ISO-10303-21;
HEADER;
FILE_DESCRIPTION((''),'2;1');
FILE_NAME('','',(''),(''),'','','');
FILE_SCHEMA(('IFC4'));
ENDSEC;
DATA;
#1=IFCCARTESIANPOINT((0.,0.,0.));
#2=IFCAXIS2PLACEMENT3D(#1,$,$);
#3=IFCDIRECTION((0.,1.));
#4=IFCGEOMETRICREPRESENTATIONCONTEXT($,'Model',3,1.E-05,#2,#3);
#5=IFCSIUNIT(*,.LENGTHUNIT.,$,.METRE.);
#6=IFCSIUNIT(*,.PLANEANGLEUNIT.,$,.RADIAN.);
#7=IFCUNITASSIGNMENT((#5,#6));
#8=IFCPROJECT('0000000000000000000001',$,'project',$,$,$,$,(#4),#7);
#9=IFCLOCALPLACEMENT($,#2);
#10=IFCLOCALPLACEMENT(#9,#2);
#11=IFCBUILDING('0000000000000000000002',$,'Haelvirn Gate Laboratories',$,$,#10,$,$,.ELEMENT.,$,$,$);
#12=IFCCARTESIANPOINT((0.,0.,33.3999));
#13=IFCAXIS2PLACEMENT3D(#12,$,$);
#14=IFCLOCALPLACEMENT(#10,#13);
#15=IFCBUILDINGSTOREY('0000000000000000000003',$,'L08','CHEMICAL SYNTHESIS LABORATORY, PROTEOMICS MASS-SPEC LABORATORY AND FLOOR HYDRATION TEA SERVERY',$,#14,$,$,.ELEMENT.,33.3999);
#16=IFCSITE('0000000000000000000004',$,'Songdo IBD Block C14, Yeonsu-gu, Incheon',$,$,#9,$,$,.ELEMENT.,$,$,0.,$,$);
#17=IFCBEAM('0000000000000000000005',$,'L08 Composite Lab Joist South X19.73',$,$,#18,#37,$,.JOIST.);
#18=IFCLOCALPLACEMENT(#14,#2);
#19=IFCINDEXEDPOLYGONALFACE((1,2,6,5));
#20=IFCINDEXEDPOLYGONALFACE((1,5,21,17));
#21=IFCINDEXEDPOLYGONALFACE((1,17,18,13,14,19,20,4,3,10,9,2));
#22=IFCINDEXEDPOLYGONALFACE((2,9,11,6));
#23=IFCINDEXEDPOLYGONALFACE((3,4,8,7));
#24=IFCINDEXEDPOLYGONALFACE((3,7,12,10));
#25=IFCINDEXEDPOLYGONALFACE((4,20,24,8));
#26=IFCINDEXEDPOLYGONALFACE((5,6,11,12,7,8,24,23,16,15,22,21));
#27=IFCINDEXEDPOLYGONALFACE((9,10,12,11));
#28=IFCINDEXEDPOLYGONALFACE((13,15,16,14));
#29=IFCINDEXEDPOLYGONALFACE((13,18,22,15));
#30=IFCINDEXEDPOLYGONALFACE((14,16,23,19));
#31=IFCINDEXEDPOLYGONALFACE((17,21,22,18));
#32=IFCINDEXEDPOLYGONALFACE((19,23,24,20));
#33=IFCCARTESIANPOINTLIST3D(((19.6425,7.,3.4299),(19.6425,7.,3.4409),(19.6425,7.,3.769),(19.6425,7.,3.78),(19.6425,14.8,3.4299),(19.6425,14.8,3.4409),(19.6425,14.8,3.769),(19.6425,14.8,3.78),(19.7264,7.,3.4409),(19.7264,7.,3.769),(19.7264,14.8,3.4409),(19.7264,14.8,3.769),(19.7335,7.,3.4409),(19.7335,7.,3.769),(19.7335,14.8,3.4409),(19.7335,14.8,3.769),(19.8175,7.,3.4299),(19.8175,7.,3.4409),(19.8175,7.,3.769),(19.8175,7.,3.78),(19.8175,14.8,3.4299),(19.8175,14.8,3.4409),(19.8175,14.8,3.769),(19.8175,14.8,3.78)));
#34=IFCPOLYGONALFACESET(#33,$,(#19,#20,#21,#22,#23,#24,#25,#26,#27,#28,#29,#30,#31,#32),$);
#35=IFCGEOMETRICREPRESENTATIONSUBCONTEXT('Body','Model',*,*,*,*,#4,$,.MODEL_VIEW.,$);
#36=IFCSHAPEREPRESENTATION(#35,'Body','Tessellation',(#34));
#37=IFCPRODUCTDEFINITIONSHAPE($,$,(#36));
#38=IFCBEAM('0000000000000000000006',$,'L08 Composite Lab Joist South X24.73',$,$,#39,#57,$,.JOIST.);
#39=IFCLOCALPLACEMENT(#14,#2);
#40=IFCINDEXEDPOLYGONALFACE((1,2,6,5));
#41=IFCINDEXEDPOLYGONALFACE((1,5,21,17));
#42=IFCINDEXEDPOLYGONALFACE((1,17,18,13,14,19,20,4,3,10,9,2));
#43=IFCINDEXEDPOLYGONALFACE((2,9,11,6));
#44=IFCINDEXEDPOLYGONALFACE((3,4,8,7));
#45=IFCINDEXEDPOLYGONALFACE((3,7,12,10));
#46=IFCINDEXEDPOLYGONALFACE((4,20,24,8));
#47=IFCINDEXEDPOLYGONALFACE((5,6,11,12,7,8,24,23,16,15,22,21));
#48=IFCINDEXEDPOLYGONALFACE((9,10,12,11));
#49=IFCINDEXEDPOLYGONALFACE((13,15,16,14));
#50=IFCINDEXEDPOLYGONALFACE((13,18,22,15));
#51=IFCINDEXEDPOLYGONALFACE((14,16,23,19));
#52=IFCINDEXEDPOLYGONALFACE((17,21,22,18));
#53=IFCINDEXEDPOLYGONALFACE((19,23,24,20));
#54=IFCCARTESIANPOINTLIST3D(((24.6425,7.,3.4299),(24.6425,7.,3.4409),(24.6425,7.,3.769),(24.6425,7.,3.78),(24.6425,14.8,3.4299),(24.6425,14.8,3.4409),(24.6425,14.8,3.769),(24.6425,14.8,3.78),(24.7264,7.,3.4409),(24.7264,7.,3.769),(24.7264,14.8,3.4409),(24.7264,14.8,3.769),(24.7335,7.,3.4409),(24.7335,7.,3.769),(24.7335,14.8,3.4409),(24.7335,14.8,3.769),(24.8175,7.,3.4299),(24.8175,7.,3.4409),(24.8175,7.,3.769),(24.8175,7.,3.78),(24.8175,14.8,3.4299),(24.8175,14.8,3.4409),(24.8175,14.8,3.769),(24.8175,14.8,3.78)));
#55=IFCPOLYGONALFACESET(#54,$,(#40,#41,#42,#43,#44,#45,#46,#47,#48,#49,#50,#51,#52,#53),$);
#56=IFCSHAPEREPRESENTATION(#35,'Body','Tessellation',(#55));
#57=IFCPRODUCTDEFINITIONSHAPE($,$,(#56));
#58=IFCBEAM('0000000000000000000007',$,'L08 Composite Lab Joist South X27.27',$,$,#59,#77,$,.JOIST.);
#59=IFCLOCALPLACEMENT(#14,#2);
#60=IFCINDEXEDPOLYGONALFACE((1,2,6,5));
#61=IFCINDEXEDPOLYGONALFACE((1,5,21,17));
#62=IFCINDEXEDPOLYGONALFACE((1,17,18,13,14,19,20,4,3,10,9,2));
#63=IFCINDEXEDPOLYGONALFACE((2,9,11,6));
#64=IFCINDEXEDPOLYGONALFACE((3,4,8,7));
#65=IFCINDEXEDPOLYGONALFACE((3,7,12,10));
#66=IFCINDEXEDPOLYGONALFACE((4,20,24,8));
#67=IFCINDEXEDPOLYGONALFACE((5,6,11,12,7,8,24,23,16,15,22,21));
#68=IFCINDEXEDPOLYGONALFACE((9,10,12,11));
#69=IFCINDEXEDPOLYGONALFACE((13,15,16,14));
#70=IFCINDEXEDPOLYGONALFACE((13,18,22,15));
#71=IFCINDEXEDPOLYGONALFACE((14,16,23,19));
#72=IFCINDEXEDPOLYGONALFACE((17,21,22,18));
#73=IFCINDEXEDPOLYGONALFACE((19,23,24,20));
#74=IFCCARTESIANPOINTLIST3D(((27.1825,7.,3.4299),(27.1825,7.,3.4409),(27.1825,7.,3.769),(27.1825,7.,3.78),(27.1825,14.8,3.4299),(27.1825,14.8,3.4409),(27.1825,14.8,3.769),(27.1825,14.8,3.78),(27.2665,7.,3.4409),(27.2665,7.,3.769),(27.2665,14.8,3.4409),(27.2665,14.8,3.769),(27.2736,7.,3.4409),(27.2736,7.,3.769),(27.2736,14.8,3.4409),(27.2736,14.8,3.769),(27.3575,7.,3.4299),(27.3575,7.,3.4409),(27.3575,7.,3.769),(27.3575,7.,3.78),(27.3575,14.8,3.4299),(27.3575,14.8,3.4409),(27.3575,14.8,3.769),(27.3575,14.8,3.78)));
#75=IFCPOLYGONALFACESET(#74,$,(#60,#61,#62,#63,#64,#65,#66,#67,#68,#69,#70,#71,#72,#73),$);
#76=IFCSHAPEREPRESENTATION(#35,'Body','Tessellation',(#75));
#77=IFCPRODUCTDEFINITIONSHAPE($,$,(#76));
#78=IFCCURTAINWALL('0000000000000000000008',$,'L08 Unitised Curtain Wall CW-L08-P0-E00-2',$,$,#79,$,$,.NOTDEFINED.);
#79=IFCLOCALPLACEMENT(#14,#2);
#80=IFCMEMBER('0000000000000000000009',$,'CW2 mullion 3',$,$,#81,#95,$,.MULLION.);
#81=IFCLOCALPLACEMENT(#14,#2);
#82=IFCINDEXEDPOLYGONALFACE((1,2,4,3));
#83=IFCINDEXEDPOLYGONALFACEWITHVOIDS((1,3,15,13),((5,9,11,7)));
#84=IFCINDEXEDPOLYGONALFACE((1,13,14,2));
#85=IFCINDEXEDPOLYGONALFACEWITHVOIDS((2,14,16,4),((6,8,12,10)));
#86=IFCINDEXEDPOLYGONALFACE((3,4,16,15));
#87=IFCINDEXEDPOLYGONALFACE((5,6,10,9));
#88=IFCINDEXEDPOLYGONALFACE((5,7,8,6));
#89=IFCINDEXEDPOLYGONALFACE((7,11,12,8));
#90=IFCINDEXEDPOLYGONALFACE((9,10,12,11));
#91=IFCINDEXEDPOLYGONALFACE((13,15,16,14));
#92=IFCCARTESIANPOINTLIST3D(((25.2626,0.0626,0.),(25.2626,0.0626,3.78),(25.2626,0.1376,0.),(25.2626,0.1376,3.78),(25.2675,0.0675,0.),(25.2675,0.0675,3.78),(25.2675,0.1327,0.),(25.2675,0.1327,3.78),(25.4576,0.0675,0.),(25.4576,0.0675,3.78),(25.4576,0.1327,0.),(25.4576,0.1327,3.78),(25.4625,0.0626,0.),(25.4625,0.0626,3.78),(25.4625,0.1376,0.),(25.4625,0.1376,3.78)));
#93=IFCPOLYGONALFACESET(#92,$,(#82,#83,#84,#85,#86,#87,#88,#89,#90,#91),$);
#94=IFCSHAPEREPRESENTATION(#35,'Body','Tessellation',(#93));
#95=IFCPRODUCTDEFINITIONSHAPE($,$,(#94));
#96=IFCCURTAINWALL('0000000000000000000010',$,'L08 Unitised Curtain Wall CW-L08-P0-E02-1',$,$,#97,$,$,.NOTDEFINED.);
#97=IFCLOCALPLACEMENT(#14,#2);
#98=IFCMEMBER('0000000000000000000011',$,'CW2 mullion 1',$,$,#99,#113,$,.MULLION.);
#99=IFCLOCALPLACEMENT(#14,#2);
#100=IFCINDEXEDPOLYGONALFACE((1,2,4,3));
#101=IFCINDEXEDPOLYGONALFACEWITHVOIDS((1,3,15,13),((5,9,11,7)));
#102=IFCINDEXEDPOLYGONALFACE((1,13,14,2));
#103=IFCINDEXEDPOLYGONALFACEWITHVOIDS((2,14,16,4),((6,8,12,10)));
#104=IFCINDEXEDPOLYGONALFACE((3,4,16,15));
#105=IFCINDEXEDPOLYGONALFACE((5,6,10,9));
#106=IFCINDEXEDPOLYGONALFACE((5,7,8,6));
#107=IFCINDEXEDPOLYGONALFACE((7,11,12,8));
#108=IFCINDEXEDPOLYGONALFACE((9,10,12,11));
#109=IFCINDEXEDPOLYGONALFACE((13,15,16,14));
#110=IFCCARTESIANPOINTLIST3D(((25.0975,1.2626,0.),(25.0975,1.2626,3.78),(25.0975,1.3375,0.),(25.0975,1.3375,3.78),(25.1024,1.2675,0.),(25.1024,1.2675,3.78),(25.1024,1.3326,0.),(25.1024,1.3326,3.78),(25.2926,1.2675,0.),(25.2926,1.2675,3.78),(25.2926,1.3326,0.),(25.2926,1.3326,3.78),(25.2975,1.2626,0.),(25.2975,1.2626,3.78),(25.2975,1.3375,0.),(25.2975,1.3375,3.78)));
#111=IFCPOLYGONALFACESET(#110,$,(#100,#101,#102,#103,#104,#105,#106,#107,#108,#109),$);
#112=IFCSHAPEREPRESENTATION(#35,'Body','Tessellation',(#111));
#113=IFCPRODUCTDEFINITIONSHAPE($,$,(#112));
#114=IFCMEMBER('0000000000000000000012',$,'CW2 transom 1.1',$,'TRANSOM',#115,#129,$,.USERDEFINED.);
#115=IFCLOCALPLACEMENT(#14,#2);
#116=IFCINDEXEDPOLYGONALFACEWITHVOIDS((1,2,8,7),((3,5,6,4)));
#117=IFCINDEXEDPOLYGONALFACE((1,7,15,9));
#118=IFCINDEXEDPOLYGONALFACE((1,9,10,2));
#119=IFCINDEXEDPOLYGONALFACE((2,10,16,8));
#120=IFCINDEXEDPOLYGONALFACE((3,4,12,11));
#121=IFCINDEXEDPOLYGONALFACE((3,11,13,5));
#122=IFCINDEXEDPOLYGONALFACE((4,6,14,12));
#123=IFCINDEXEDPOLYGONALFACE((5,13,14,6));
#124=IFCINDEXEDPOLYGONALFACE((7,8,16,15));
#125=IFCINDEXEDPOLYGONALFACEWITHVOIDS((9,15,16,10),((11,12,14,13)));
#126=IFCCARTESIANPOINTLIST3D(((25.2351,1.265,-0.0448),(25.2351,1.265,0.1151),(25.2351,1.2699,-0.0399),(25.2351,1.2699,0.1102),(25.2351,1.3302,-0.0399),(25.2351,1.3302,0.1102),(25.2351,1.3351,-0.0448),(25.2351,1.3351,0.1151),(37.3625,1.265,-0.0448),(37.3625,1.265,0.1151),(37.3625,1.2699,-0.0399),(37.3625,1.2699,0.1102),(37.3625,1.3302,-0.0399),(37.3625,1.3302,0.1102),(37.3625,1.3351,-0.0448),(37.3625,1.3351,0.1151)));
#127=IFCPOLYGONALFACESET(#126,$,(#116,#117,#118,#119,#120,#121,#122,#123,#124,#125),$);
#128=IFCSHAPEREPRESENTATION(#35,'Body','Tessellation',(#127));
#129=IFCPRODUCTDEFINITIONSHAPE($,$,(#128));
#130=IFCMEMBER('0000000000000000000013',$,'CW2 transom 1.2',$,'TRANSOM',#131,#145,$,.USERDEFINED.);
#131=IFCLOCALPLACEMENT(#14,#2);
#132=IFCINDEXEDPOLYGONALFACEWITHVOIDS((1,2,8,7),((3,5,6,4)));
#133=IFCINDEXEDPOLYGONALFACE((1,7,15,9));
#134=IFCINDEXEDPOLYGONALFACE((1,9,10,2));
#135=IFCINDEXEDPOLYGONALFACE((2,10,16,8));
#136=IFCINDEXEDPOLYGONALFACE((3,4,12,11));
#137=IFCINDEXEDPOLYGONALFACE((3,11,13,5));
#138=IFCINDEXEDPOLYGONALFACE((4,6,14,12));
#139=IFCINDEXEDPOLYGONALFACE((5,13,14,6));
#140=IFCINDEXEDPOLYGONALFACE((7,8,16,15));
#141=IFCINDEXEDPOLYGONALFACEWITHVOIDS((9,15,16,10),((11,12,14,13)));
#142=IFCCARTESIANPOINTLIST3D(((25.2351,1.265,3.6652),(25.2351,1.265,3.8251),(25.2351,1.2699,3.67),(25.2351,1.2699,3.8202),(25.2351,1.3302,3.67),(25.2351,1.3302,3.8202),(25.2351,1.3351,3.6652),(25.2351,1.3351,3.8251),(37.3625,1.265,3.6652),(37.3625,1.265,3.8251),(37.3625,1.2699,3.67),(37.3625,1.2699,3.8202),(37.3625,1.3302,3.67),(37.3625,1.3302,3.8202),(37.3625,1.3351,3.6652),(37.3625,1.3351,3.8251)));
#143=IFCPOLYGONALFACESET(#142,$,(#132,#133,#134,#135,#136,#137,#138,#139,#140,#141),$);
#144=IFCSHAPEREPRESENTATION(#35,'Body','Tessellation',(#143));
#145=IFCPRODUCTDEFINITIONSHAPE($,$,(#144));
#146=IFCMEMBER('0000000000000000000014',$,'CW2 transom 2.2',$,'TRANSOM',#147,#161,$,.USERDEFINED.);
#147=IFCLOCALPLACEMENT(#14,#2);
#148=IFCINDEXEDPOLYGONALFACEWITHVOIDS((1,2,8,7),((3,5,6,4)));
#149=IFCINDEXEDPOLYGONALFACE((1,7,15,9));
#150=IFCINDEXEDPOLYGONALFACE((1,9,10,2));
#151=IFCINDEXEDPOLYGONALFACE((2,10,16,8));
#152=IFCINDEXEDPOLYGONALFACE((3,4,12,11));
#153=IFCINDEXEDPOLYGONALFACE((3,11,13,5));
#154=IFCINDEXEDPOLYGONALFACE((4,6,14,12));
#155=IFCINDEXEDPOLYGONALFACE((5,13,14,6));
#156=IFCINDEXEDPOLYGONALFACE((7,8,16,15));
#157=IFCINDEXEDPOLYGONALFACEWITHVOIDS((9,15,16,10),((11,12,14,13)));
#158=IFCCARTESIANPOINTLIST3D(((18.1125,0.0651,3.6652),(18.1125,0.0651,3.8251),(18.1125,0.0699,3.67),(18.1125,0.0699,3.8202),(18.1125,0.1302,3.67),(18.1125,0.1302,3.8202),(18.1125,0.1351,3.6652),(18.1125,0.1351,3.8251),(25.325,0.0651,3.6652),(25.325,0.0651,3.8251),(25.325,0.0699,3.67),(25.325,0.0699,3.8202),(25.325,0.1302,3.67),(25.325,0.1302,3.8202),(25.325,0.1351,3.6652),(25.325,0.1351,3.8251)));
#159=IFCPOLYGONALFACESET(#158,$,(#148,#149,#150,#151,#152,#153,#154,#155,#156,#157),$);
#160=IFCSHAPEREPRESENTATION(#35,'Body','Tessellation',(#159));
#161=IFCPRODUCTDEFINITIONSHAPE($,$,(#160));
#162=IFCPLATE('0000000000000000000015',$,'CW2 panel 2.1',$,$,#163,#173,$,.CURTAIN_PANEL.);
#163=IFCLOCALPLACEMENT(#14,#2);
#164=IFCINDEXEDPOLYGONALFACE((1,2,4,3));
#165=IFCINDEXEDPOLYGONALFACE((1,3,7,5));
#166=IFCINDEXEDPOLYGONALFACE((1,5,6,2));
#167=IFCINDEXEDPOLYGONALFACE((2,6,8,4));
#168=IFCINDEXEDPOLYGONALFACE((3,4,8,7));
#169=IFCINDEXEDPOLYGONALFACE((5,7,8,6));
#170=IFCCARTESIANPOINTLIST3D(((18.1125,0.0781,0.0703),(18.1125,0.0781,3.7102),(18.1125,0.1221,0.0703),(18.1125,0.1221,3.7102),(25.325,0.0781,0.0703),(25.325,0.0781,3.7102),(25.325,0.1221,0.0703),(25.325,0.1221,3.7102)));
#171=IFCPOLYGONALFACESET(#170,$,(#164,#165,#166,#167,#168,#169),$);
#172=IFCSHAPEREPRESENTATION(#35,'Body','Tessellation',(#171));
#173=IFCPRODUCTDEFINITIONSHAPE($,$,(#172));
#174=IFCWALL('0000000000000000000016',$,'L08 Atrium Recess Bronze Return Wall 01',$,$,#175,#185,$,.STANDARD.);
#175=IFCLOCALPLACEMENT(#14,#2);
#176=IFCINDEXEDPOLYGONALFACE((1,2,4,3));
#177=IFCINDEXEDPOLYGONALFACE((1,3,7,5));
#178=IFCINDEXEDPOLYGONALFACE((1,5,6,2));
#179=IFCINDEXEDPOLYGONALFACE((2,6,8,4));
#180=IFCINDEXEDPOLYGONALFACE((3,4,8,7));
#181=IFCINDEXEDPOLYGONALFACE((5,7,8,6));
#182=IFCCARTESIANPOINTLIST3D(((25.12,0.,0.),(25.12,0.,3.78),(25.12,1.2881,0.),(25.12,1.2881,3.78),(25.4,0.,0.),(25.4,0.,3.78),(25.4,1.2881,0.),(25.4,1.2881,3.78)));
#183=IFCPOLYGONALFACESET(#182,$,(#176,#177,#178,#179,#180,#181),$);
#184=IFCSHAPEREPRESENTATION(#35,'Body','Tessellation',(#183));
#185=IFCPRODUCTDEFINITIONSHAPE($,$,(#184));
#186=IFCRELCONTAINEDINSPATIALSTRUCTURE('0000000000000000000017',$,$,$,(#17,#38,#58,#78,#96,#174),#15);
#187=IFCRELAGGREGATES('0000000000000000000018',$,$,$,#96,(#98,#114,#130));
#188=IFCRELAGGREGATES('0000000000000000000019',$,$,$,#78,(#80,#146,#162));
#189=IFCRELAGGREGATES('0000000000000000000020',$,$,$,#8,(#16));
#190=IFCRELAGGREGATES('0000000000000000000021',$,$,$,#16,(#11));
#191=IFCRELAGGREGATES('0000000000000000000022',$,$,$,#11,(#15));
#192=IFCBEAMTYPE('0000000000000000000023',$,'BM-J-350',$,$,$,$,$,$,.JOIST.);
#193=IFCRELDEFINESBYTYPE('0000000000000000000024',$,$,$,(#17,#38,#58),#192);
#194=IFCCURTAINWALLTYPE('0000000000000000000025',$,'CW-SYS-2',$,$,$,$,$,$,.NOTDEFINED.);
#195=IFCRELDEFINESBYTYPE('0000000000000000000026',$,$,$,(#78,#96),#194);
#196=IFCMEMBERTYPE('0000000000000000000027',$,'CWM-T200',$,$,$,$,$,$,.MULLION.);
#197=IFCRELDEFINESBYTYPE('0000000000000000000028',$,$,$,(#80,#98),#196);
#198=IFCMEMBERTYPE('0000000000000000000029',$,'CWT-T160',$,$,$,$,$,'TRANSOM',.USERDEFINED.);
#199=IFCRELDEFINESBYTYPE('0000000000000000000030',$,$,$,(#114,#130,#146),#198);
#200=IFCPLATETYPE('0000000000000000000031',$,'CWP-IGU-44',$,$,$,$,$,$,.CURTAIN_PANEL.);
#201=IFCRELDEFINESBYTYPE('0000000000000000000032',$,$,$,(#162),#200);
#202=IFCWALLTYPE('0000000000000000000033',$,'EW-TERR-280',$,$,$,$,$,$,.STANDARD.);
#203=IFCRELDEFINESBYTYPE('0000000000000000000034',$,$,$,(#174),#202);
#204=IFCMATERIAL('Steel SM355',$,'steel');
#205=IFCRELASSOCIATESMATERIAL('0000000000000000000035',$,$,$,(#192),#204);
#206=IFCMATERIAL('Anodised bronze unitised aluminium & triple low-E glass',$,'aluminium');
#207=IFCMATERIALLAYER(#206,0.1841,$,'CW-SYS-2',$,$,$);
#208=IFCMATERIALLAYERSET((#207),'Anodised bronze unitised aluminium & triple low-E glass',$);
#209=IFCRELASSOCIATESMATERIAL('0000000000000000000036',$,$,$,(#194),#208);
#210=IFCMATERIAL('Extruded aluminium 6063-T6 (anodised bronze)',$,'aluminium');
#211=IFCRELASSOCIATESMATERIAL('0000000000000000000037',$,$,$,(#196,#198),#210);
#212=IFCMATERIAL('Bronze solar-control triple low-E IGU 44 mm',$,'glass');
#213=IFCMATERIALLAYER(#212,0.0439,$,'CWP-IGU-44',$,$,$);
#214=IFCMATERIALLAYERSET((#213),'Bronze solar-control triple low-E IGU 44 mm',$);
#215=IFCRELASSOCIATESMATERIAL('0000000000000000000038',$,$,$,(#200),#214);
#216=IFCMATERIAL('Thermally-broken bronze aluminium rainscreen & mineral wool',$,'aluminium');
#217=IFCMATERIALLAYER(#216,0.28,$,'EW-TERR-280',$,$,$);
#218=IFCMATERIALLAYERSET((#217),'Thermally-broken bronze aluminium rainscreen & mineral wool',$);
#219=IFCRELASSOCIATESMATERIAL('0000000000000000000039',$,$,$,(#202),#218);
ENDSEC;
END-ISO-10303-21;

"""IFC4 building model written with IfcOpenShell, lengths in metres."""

from ifc_helpers import new_model, si_unit, direction, frame, frame_2d, origin, origin_2d, place, context, subcontext, project, spatial, rectangle, hollow_rectangle, i_section, extrude, source, transform, mapped, material, layer, layer_set, material_profile, profile_set, type_object, type_shapes, element, aggregate, save


model = new_model("IFC4")

# Units and contexts
model_context = context("Model", 3, precision=1e-05, world=origin(), true_north=direction((0.0, 1.0)))
body_context = subcontext(model_context, "Body", "Model", "MODEL_VIEW")
ifc_project = project(units=[si_unit("LENGTHUNIT", "METRE"), si_unit("PLANEANGLEUNIT", "RADIAN")], contexts=[model_context])

# Site, building, storey
site_placement = place(None, origin())
site = spatial("IfcSite", under=ifc_project, at=site_placement, Name="Songdo IBD Block C14, Yeonsu-gu, Incheon", CompositionType="ELEMENT", RefElevation=0.0)
building_placement = place(site_placement, origin())
building = spatial("IfcBuilding", under=site, at=building_placement, Name="Haelvirn Gate Laboratories", CompositionType="ELEMENT")
storey_placement = place(building_placement, frame((0.0, 0.0, 33.3999)))
storey = spatial("IfcBuildingStorey", under=building, at=storey_placement, Name="L08", Description="CHEMICAL SYNTHESIS LABORATORY, PROTEOMICS MASS-SPEC LABORATORY AND FLOOR HYDRATION TEA SERVERY", CompositionType="ELEMENT", Elevation=33.3999)

# Beams
ifc_material_1 = material(Name="Steel SM355", Category="steel")
ifc_material_profile_1 = material_profile(ifc_material_1, i_section(OverallWidth=0.175, OverallDepth=0.3501, WebThickness=0.0071, FlangeThickness=0.011, at=origin_2d()), Name="H-350x175x7x11")
ifc_profile_set_1 = profile_set([ifc_material_profile_1], Name="Steel SM355")
beam_type_1 = type_object("IfcBeamType", Name="BM-J-350", PredefinedType="JOIST", material=ifc_profile_set_1)
shared_shape_1 = source(origin(), body_context, "Body", "SweptSolid", [
    extrude(i_section(OverallWidth=0.175, OverallDepth=0.3501, WebThickness=0.0071, FlangeThickness=0.011, at=origin_2d()), origin(), (0.0, 0.0, 1.0), 7.8),
])
type_shapes(beam_type_1, [shared_shape_1])
for number, where, z_axis, x_axis, name in (
    (1, (19.73, 7.0, 3.605), (0.0, 1.0, 0.0), (-1.0, 0.0, 0.0), "L08 Composite Lab Joist South X19.73"),
    (2, (24.73, 7.0, 3.605), (0.0, 1.0, 0.0), (-1.0, 0.0, 0.0), "L08 Composite Lab Joist South X24.73"),
    (3, (27.27, 7.0, 3.605), (0.0, 1.0, 0.0), (-1.0, 0.0, 0.0), "L08 Composite Lab Joist South X27.27"),
):
    element("IfcBeam", number, at=place(storey_placement, frame(where, z_axis=z_axis, x_axis=x_axis)), inside=storey, type_object=beam_type_1, Name=name, PredefinedType="JOIST", context=body_context, shape_type="MappedRepresentation", body=[
        mapped(shared_shape_1, transform((0.0, 0.0, 0.0), scale=1.0)),
    ])

# Curtain wall, member
ifc_material_2 = material(Name="Anodised bronze unitised aluminium & triple low-E glass", Category="aluminium")
ifc_layer_1 = layer(ifc_material_2, 0.1841, Name="CW-SYS-2")
ifc_layer_set_1 = layer_set([ifc_layer_1], Name="Anodised bronze unitised aluminium & triple low-E glass")
curtain_wall_type = type_object("IfcCurtainWallType", Name="CW-SYS-2", PredefinedType="NOTDEFINED", material=ifc_layer_set_1)
curtain_wall_1_placement = place(storey_placement, origin())
curtain_wall_1 = element("IfcCurtainWall", 4, at=curtain_wall_1_placement, inside=storey, type_object=curtain_wall_type, Name="L08 Unitised Curtain Wall CW-L08-P0-E00-2", PredefinedType="NOTDEFINED")
ifc_material_3 = material(Name="Extruded aluminium 6063-T6 (anodised bronze)", Category="aluminium")
ifc_material_profile_2 = material_profile(ifc_material_3, hollow_rectangle(XDim=0.075, YDim=0.2, WallThickness=0.0049, at=origin_2d()), Name="CWM-200x75x5")
ifc_profile_set_2 = profile_set([ifc_material_profile_2], Name="Extruded aluminium 6063-T6 (anodised bronze)")
member_type_1 = type_object("IfcMemberType", Name="CWM-T200", PredefinedType="MULLION", material=ifc_profile_set_2)
shared_shape_2 = source(origin(), body_context, "Body", "SweptSolid", [
    extrude(hollow_rectangle(XDim=0.075, YDim=0.2, WallThickness=0.0049, at=origin_2d()), origin(), (0.0, 0.0, 1.0), 3.78),
])
type_shapes(member_type_1, [shared_shape_2])
member_1_placement = place(storey_placement, frame((25.3625, 0.1001, 0.0), z_axis=(0.0, 0.0, 1.0), x_axis=(0.0, 1.0, 0.0)))
member_1 = element("IfcMember", 5, at=member_1_placement, type_object=member_type_1, Name="CW2 mullion 3", PredefinedType="MULLION", context=body_context, shape_type="MappedRepresentation", body=[
    mapped(shared_shape_2, transform((0.0, 0.0, 0.0), scale=1.0)),
])

# Curtain wall, members
curtain_wall_2_placement = place(storey_placement, origin())
curtain_wall_2 = element("IfcCurtainWall", 6, at=curtain_wall_2_placement, inside=storey, type_object=curtain_wall_type, Name="L08 Unitised Curtain Wall CW-L08-P0-E02-1", PredefinedType="NOTDEFINED")
member_2_placement = place(storey_placement, frame((25.1975, 1.3, 0.0), z_axis=(0.0, 0.0, 1.0), x_axis=(0.0, 1.0, 0.0)))
member_2 = element("IfcMember", 7, at=member_2_placement, type_object=member_type_1, Name="CW2 mullion 1", PredefinedType="MULLION", context=body_context, shape_type="MappedRepresentation", body=[
    mapped(shared_shape_2, transform((0.0, 0.0, 0.0), scale=1.0)),
])
ifc_material_profile_3 = material_profile(ifc_material_3, hollow_rectangle(XDim=0.0701, YDim=0.1599, WallThickness=0.0049, at=origin_2d()), Name="CWT-160x70x5")
ifc_profile_set_3 = profile_set([ifc_material_profile_3], Name="Extruded aluminium 6063-T6 (anodised bronze)")
member_type_2 = type_object("IfcMemberType", Name="CWT-T160", ElementType="TRANSOM", PredefinedType="USERDEFINED", material=ifc_profile_set_3)
shared_shape_3 = source(origin(), body_context, "Body", "SweptSolid", [
    extrude(hollow_rectangle(XDim=0.0701, YDim=0.1599, WallThickness=0.0049, at=origin_2d()), origin(), (0.0, 0.0, 1.0), 12.1274),
])
member_3_placement = place(storey_placement, frame((25.2351, 1.3, 0.0352), z_axis=(1.0, 0.0, 0.0), x_axis=(0.0, 1.0, 0.0)))
member_3 = element("IfcMember", 8, at=member_3_placement, type_object=member_type_2, Name="CW2 transom 1.1", ObjectType="TRANSOM", PredefinedType="USERDEFINED", context=body_context, shape_type="MappedRepresentation", body=[
    mapped(shared_shape_3, transform((0.0, 0.0, 0.0), scale=1.0)),
])
member_4_placement = place(storey_placement, frame((25.2351, 1.3, 3.7451), z_axis=(1.0, 0.0, 0.0), x_axis=(0.0, 1.0, 0.0)))
member_4 = element("IfcMember", 9, at=member_4_placement, type_object=member_type_2, Name="CW2 transom 1.2", ObjectType="TRANSOM", PredefinedType="USERDEFINED", context=body_context, shape_type="MappedRepresentation", body=[
    mapped(shared_shape_3, transform((0.0, 0.0, 0.0), scale=1.0)),
])
aggregate(curtain_wall_2, [member_2, member_3, member_4])

# Member
shared_shape_4 = source(origin(), body_context, "Body", "SweptSolid", [
    extrude(hollow_rectangle(XDim=0.0701, YDim=0.1599, WallThickness=0.0049, at=origin_2d()), origin(), (0.0, 0.0, 1.0), 7.2124),
])
type_shapes(member_type_2, [shared_shape_3, shared_shape_4])
member_5_placement = place(storey_placement, frame((18.1125, 0.1001, 3.7451), z_axis=(1.0, 0.0, 0.0), x_axis=(0.0, 1.0, 0.0)))
member_5 = element("IfcMember", 10, at=member_5_placement, type_object=member_type_2, Name="CW2 transom 2.2", ObjectType="TRANSOM", PredefinedType="USERDEFINED", context=body_context, shape_type="MappedRepresentation", body=[
    mapped(shared_shape_4, transform((0.0, 0.0, 0.0), scale=1.0)),
])

# Plate
ifc_material_4 = material(Name="Bronze solar-control triple low-E IGU 44 mm", Category="glass")
ifc_layer_2 = layer(ifc_material_4, 0.0439, Name="CWP-IGU-44")
ifc_layer_set_2 = layer_set([ifc_layer_2], Name="Bronze solar-control triple low-E IGU 44 mm")
plate_type = type_object("IfcPlateType", Name="CWP-IGU-44", PredefinedType="CURTAIN_PANEL", material=ifc_layer_set_2)
shared_shape_5 = source(origin(), body_context, "Body", "SweptSolid", [
    extrude(rectangle(XDim=7.2124, YDim=0.0439, at=origin_2d()), origin(), (0.0, 0.0, 1.0), 3.6399),
])
type_shapes(plate_type, [shared_shape_5])
plate_placement = place(storey_placement, frame((21.7188, 0.1001, 0.0703), z_axis=(0.0, 0.0, 1.0), x_axis=(1.0, 0.0, 0.0)))
plate = element("IfcPlate", 11, at=plate_placement, type_object=plate_type, Name="CW2 panel 2.1", PredefinedType="CURTAIN_PANEL", context=body_context, shape_type="MappedRepresentation", body=[
    mapped(shared_shape_5, transform((0.0, 0.0, 0.0), scale=1.0)),
])
aggregate(curtain_wall_1, [member_1, member_5, plate])

# Wall
ifc_material_5 = material(Name="Thermally-broken bronze aluminium rainscreen & mineral wool", Category="aluminium")
ifc_layer_3 = layer(ifc_material_5, 0.28, Name="EW-TERR-280")
ifc_layer_set_3 = layer_set([ifc_layer_3], Name="Thermally-broken bronze aluminium rainscreen & mineral wool")
wall_type_1 = type_object("IfcWallType", Name="EW-TERR-280", PredefinedType="STANDARD", material=ifc_layer_set_3)
wall_1_placement = place(storey_placement, frame((25.26, 0.0, 0.0), z_axis=(0.0, 0.0, 1.0), x_axis=(0.0, 1.0, 0.0)))
element("IfcWall", 12, at=wall_1_placement, inside=storey, type_object=wall_type_1, Name="L08 Atrium Recess Bronze Return Wall 01", PredefinedType="STANDARD", context=body_context, shape_type="SweptSolid", body=[
    extrude(rectangle(XDim=1.2881, YDim=0.28, at=frame_2d((0.644, 0.0))), origin(), (0.0, 0.0, 1.0), 3.78),
])

save(model, "model.ifc")
